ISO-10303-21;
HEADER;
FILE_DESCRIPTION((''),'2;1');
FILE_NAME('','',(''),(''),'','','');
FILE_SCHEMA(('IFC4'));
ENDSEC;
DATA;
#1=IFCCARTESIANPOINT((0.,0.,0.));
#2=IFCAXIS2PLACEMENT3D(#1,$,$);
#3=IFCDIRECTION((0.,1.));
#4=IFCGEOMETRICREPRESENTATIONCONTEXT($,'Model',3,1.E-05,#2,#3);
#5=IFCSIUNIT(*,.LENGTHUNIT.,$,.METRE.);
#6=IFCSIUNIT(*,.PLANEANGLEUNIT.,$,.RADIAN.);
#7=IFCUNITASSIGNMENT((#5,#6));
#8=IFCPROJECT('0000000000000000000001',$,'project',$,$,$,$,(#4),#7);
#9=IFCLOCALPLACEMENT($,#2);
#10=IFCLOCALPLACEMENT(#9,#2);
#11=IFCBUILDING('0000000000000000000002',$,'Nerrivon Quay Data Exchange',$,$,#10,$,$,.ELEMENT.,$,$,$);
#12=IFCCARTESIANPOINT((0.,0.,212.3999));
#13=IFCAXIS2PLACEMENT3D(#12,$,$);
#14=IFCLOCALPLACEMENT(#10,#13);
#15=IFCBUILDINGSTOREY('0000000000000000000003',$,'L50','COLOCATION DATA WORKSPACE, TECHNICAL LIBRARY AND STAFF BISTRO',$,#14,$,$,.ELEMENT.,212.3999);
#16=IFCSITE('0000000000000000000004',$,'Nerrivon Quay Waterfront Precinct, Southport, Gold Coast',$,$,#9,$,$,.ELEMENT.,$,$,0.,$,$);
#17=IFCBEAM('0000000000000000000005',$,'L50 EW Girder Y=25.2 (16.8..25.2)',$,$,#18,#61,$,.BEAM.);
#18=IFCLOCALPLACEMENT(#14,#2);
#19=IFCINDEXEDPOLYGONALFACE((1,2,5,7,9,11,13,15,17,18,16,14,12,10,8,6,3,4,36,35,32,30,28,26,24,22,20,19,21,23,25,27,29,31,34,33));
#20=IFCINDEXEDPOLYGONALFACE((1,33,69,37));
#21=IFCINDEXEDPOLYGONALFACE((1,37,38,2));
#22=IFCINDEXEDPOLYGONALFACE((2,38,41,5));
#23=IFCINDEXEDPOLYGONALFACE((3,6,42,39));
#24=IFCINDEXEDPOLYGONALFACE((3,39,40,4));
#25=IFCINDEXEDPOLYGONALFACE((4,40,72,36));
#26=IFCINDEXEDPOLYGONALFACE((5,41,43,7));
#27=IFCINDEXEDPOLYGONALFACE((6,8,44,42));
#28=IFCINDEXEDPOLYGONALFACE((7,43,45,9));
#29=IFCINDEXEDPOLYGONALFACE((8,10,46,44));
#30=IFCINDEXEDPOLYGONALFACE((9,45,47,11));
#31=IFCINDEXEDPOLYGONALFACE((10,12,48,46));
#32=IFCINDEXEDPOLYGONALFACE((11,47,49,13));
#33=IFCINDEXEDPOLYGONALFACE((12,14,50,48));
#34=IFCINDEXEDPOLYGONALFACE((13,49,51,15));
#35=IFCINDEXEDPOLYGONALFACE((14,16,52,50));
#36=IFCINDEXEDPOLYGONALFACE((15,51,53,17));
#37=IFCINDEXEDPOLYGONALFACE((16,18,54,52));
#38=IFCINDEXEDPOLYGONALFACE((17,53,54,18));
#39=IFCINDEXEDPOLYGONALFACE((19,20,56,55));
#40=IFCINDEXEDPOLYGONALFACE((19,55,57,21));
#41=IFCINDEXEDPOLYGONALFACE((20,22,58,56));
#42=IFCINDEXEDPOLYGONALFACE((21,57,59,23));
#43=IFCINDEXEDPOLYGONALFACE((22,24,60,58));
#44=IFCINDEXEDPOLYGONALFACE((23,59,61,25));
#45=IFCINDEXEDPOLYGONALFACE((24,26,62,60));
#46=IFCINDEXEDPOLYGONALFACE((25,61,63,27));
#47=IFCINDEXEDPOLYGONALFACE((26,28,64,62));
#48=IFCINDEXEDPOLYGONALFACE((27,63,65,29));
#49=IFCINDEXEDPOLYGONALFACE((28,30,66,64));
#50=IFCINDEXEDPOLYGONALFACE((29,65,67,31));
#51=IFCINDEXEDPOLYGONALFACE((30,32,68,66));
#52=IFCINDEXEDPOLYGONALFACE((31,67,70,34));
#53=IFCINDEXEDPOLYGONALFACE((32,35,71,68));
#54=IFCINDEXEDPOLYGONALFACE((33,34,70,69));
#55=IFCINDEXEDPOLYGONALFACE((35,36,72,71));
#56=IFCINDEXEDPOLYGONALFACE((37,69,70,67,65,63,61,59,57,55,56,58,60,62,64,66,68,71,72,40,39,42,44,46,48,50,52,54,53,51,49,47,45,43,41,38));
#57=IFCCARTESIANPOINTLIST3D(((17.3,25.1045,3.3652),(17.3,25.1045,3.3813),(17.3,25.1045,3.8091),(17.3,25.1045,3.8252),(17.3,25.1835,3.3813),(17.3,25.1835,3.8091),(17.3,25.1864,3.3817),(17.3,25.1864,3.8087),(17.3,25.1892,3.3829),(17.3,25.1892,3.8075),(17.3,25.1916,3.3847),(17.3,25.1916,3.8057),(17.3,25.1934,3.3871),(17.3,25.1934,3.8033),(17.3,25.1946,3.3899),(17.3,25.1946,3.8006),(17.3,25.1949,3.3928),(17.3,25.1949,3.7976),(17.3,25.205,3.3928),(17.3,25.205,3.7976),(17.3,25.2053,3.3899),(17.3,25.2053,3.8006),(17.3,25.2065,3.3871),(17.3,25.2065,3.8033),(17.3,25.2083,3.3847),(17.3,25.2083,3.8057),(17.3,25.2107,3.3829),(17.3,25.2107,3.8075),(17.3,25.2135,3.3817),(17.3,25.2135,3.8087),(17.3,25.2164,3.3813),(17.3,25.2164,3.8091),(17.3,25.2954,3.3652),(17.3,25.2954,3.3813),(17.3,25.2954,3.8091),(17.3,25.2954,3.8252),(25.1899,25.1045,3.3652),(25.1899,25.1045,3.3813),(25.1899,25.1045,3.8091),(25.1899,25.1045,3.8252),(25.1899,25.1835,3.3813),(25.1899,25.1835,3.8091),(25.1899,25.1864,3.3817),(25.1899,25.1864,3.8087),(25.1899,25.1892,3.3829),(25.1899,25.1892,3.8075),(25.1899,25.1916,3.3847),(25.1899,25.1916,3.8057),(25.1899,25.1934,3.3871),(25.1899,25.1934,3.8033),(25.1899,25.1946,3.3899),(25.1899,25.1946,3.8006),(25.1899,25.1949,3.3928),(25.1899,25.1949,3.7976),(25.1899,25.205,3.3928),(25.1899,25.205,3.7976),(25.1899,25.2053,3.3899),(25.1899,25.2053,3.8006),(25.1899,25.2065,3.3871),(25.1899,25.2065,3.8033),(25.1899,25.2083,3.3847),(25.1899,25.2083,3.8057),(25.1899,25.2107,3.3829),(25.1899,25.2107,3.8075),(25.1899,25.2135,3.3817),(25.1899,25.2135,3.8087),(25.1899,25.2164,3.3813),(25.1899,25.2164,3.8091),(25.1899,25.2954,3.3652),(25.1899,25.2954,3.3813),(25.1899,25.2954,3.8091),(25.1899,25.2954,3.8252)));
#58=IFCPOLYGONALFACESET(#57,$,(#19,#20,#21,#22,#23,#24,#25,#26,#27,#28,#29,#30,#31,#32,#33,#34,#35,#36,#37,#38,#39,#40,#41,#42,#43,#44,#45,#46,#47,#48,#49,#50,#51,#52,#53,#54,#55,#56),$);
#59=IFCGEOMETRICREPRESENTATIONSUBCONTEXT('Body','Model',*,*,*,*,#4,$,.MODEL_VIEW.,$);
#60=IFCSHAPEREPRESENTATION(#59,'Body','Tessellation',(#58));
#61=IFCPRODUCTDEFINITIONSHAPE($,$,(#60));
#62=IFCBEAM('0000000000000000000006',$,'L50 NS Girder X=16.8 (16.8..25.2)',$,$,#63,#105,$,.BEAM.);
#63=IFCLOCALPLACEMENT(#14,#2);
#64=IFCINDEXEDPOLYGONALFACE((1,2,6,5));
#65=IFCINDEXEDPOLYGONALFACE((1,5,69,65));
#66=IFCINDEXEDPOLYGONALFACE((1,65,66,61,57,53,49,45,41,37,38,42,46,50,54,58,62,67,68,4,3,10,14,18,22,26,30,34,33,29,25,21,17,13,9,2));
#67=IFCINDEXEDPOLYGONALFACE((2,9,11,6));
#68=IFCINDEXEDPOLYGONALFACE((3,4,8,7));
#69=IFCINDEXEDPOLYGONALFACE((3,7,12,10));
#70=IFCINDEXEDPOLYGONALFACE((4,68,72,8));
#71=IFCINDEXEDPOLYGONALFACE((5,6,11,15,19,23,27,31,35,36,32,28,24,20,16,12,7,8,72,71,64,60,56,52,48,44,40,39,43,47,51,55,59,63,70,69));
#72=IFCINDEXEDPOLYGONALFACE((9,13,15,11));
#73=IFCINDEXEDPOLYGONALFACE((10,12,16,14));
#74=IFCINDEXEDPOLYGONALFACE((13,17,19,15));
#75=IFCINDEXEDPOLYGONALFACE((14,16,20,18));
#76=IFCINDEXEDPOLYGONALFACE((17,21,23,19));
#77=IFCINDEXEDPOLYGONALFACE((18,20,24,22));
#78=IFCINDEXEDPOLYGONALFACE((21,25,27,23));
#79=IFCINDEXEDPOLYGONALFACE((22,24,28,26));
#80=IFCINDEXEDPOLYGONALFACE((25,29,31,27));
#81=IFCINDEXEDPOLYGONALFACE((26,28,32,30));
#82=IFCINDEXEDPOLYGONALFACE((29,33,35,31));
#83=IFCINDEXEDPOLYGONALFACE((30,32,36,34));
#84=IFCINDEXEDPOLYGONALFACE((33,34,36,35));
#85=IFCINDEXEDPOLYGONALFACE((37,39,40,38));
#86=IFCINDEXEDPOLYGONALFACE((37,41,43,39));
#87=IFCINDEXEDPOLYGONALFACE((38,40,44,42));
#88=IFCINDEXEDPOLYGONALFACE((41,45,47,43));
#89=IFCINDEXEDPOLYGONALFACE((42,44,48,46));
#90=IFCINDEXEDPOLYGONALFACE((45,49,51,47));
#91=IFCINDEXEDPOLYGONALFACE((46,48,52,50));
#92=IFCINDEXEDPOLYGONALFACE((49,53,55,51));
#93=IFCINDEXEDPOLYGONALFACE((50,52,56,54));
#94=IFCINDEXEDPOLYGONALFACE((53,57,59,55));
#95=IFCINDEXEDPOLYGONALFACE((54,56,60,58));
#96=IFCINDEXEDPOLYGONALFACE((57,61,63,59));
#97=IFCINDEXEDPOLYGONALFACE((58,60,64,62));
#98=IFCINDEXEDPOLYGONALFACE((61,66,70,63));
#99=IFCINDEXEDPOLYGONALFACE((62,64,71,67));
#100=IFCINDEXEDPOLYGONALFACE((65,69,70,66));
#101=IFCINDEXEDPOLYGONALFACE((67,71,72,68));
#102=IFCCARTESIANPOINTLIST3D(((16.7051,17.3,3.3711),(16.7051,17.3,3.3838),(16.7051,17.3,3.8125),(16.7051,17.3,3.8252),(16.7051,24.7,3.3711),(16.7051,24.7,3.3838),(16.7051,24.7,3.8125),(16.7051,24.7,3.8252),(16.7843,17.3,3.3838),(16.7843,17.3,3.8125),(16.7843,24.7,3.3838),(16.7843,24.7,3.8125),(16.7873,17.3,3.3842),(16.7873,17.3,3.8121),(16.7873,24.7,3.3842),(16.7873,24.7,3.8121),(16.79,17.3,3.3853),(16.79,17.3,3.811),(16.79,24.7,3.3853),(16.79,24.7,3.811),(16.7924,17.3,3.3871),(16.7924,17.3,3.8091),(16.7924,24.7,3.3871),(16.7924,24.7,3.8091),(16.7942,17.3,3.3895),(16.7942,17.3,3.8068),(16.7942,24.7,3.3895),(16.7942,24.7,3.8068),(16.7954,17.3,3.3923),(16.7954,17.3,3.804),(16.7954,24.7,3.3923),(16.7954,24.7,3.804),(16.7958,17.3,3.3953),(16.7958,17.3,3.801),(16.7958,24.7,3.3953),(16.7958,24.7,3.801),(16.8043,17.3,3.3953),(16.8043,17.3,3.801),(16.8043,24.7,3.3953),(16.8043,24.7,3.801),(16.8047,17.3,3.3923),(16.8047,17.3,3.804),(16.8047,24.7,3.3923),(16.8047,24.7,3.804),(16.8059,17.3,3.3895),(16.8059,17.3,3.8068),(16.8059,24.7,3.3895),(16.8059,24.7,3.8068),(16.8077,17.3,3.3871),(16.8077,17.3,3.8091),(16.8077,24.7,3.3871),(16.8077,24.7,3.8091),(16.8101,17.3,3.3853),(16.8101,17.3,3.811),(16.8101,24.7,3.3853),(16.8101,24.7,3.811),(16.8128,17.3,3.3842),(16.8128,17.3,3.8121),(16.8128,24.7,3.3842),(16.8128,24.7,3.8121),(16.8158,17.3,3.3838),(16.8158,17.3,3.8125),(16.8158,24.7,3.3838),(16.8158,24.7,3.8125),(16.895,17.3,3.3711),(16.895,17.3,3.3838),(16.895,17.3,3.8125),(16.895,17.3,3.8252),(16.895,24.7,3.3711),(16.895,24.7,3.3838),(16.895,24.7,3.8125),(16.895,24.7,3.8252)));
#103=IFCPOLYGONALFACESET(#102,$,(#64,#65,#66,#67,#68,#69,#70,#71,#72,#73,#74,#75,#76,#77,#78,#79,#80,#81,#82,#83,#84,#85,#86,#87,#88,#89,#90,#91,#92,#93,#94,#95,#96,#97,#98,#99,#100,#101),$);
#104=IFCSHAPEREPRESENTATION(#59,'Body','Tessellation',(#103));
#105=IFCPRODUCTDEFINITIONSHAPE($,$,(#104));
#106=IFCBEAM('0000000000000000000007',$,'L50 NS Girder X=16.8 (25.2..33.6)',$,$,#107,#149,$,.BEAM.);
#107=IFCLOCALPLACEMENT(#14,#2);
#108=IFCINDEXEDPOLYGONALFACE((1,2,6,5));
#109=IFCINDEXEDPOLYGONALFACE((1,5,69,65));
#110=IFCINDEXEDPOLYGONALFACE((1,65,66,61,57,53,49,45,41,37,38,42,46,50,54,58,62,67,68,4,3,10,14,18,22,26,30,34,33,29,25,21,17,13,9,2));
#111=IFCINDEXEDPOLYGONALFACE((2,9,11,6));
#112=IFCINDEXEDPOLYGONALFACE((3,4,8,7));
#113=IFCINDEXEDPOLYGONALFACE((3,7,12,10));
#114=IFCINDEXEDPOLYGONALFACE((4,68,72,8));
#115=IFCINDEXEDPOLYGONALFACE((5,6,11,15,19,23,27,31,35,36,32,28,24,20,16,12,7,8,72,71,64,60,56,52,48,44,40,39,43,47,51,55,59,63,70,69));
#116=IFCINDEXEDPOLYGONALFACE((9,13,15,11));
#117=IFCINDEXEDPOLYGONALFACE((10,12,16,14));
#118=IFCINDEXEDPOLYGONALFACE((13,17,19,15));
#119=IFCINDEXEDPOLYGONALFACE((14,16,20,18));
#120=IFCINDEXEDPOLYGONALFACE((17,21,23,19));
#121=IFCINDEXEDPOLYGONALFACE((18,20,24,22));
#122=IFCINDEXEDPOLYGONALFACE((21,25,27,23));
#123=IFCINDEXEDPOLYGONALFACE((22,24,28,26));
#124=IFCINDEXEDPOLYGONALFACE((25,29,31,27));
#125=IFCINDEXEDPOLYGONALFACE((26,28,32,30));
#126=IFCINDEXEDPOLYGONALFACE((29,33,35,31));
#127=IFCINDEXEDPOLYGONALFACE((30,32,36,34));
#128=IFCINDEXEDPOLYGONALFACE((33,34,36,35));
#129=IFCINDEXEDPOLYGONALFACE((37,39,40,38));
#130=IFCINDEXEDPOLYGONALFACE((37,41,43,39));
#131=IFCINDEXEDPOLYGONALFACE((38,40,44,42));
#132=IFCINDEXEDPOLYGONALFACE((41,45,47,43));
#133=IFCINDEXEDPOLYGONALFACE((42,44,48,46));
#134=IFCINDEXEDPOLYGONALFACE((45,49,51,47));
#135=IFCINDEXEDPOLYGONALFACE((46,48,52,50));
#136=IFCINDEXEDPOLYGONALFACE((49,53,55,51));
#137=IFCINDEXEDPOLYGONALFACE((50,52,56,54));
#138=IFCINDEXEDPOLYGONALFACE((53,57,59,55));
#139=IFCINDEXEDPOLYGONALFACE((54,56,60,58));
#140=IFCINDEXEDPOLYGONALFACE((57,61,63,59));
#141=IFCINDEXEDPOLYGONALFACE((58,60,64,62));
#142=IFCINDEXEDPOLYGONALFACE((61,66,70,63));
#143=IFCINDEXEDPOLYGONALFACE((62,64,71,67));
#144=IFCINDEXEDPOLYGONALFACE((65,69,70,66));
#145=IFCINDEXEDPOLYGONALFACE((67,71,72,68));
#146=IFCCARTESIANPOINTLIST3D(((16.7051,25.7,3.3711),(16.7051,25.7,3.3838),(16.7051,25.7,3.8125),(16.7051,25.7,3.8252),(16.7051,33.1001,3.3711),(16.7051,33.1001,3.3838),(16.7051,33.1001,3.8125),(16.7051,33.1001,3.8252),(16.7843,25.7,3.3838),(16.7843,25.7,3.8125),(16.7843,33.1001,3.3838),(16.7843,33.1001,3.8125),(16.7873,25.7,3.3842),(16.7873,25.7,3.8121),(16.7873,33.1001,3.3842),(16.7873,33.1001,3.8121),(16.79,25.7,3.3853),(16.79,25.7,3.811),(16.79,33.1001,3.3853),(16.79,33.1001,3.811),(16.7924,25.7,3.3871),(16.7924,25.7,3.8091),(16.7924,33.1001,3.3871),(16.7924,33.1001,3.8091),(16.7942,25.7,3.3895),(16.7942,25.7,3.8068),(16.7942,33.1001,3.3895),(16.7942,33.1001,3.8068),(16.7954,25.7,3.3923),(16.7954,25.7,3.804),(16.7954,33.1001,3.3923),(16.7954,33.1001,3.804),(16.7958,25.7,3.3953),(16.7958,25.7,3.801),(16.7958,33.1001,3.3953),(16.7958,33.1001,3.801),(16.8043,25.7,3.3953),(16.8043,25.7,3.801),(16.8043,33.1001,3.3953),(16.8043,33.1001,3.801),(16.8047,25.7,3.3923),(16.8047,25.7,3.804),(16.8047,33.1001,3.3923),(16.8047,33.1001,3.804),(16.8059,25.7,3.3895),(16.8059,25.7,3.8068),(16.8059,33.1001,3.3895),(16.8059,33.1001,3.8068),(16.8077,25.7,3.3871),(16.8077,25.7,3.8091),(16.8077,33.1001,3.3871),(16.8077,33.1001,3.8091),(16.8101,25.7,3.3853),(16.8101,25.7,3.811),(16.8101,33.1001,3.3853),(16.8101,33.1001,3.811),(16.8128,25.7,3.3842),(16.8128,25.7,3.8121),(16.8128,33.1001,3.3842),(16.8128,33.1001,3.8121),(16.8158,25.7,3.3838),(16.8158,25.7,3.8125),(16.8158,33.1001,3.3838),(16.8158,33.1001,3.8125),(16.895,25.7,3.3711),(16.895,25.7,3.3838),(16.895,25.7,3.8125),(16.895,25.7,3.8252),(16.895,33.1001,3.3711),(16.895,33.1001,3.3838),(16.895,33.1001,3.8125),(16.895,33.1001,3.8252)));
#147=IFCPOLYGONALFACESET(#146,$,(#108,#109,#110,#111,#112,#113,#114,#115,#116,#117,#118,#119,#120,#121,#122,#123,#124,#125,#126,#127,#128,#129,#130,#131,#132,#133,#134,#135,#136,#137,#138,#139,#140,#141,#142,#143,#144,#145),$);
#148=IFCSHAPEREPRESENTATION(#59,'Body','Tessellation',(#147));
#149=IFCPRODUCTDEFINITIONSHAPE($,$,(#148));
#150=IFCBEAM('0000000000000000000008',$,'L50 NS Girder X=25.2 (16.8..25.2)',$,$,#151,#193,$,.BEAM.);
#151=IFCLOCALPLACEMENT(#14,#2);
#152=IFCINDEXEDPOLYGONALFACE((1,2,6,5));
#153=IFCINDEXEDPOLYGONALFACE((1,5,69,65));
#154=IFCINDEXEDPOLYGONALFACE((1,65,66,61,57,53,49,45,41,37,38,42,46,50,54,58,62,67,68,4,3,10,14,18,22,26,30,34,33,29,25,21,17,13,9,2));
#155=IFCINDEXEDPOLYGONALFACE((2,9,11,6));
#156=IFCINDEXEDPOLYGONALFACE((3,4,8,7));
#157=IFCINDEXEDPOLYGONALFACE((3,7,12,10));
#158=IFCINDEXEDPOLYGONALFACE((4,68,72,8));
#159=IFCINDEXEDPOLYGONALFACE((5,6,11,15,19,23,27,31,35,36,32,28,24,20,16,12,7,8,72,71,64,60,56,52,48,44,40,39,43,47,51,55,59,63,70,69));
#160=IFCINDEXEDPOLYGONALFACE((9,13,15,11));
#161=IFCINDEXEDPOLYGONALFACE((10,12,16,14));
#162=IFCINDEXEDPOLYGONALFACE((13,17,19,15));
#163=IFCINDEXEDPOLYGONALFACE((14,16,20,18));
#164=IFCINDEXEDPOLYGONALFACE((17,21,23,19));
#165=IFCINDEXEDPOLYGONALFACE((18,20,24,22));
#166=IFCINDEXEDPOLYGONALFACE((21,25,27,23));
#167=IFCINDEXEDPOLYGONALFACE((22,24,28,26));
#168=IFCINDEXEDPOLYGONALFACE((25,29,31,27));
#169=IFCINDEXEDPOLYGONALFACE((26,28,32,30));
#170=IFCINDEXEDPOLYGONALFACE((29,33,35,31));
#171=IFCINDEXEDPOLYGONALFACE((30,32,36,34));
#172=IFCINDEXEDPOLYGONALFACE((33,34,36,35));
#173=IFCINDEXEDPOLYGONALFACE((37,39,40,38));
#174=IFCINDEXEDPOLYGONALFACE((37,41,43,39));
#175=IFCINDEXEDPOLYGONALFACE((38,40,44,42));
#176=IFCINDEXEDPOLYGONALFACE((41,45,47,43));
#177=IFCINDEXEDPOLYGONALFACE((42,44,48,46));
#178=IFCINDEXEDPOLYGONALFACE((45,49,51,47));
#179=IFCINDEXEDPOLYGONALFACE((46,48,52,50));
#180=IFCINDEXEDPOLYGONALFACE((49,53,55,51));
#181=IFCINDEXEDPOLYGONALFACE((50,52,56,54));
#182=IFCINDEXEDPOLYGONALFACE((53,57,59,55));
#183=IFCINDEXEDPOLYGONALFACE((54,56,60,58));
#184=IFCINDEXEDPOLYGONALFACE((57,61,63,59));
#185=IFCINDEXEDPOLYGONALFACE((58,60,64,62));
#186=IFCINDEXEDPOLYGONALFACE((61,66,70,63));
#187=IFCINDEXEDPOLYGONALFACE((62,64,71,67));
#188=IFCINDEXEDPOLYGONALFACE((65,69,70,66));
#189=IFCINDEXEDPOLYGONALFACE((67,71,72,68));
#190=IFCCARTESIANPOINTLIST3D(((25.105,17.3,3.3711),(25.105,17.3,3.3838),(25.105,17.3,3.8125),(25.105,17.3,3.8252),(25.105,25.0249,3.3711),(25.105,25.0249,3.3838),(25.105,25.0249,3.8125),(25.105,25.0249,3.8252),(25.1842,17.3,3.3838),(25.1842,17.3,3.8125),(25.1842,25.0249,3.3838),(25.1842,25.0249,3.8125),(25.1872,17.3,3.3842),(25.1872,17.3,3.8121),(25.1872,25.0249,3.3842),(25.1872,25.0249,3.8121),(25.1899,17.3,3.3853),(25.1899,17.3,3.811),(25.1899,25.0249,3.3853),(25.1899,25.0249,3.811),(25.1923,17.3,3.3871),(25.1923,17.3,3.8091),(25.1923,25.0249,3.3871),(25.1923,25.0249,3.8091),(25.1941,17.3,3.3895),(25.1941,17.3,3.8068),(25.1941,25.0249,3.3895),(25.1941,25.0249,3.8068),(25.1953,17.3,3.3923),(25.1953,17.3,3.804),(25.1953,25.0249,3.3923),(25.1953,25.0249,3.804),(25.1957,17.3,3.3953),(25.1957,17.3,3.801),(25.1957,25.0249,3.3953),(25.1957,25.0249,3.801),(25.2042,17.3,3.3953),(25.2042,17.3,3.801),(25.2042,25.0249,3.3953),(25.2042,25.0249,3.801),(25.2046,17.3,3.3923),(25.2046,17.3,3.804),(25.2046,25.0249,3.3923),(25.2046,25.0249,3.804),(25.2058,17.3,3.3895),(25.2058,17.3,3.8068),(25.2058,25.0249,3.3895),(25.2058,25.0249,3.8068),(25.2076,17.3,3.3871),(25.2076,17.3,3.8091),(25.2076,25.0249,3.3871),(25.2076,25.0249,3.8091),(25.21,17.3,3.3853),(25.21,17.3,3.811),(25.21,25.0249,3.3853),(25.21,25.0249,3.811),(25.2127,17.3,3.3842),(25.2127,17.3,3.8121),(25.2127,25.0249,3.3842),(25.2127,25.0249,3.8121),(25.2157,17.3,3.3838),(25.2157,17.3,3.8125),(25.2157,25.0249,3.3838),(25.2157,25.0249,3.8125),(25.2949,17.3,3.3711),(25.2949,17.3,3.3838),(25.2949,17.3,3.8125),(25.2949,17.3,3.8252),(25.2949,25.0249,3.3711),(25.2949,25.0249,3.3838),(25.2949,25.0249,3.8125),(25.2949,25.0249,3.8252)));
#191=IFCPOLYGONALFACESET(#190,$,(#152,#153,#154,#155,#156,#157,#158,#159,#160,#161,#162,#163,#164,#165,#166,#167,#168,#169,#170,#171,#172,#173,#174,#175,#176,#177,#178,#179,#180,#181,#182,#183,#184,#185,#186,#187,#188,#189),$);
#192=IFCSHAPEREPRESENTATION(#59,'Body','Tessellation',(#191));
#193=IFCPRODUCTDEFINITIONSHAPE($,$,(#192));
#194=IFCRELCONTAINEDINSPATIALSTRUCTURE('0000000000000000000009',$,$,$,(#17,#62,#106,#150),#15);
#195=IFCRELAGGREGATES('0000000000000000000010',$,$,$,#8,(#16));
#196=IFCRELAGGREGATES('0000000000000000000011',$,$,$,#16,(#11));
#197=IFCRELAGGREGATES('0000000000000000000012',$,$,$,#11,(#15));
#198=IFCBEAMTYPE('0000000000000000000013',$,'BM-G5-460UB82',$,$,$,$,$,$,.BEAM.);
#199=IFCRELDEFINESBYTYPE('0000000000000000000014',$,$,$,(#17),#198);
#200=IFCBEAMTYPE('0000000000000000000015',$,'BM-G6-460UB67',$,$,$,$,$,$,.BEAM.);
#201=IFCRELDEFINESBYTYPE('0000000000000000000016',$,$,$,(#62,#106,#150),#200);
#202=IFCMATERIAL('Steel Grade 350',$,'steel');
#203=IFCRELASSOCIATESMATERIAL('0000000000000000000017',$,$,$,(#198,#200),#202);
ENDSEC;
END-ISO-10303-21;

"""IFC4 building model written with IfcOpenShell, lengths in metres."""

from ifc_helpers import new_model, si_unit, direction, frame, origin, origin_2d, place, context, subcontext, project, spatial, i_section, extrude, material, material_profile, profile_set, type_object, element, save


model = new_model("IFC4")

# Units and contexts
model_context = context("Model", 3, precision=1e-05, world=origin(), true_north=direction((0.0, 1.0)))
body_context = subcontext(model_context, "Body", "Model", "MODEL_VIEW")
ifc_project = project(units=[si_unit("LENGTHUNIT", "METRE"), si_unit("PLANEANGLEUNIT", "RADIAN")], contexts=[model_context])

# Site, building, storey
site_placement = place(None, origin())
site = spatial("IfcSite", under=ifc_project, at=site_placement, Name="Nerrivon Quay Waterfront Precinct, Southport, Gold Coast", CompositionType="ELEMENT", RefElevation=0.0)
building_placement = place(site_placement, origin())
building = spatial("IfcBuilding", under=site, at=building_placement, Name="Nerrivon Quay Data Exchange", CompositionType="ELEMENT")
storey_placement = place(building_placement, frame((0.0, 0.0, 212.3999)))
storey = spatial("IfcBuildingStorey", under=building, at=storey_placement, Name="L50", Description="COLOCATION DATA WORKSPACE, TECHNICAL LIBRARY AND STAFF BISTRO", CompositionType="ELEMENT", Elevation=212.3999)

# Shared definitions
ifc_material_1 = material(Name="Steel Grade 350", Category="steel")

# Beams
ifc_material_profile_1 = material_profile(ifc_material_1, i_section(OverallWidth=0.1909, OverallDepth=0.46, WebThickness=0.01, FlangeThickness=0.0161, FilletRadius=0.0115, at=origin_2d()), Name="460UB82.1")
ifc_profile_set_1 = profile_set([ifc_material_profile_1], Name="Steel Grade 350")
beam_type_1 = type_object("IfcBeamType", Name="BM-G5-460UB82", PredefinedType="BEAM", material=ifc_profile_set_1)
beam_1_placement = place(storey_placement, frame((17.3, 25.2, 3.5952), z_axis=(1.0, 0.0, 0.0), x_axis=(0.0, 1.0, 0.0)))
element("IfcBeam", 1, at=beam_1_placement, inside=storey, type_object=beam_type_1, Name="L50 EW Girder Y=25.2 (16.8..25.2)", PredefinedType="BEAM", context=body_context, shape_type="SweptSolid", body=[
    extrude(i_section(OverallWidth=0.1909, OverallDepth=0.46, WebThickness=0.01, FlangeThickness=0.0161, FilletRadius=0.0115, at=origin_2d()), origin(), (0.0, 0.0, 1.0), 7.8899),
])
ifc_material_profile_2 = material_profile(ifc_material_1, i_section(OverallWidth=0.1899, OverallDepth=0.4541, WebThickness=0.0085, FlangeThickness=0.0127, FilletRadius=0.0115, at=origin_2d()), Name="460UB67.1")
ifc_profile_set_2 = profile_set([ifc_material_profile_2], Name="Steel Grade 350")
beam_type_2 = type_object("IfcBeamType", Name="BM-G6-460UB67", PredefinedType="BEAM", material=ifc_profile_set_2)
beam_2_placement = place(storey_placement, frame((16.8, 17.3, 3.5981), z_axis=(0.0, 1.0, 0.0), x_axis=(-1.0, 0.0, 0.0)))
element("IfcBeam", 2, at=beam_2_placement, inside=storey, type_object=beam_type_2, Name="L50 NS Girder X=16.8 (16.8..25.2)", PredefinedType="BEAM", context=body_context, shape_type="SweptSolid", body=[
    extrude(i_section(OverallWidth=0.1899, OverallDepth=0.4541, WebThickness=0.0085, FlangeThickness=0.0127, FilletRadius=0.0115, at=origin_2d()), origin(), (0.0, 0.0, 1.0), 7.3999),
])
beam_3_placement = place(storey_placement, frame((16.8, 25.7, 3.5981), z_axis=(0.0, 1.0, 0.0), x_axis=(-1.0, 0.0, 0.0)))
element("IfcBeam", 3, at=beam_3_placement, inside=storey, type_object=beam_type_2, Name="L50 NS Girder X=16.8 (25.2..33.6)", PredefinedType="BEAM", context=body_context, shape_type="SweptSolid", body=[
    extrude(i_section(OverallWidth=0.1899, OverallDepth=0.4541, WebThickness=0.0085, FlangeThickness=0.0127, FilletRadius=0.0115, at=origin_2d()), origin(), (0.0, 0.0, 1.0), 7.4001),
])
beam_4_placement = place(storey_placement, frame((25.2, 17.3, 3.5981), z_axis=(0.0, 1.0, 0.0), x_axis=(-1.0, 0.0, 0.0)))
element("IfcBeam", 4, at=beam_4_placement, inside=storey, type_object=beam_type_2, Name="L50 NS Girder X=25.2 (16.8..25.2)", PredefinedType="BEAM", context=body_context, shape_type="SweptSolid", body=[
    extrude(i_section(OverallWidth=0.1899, OverallDepth=0.4541, WebThickness=0.0085, FlangeThickness=0.0127, FilletRadius=0.0115, at=origin_2d()), origin(), (0.0, 0.0, 1.0), 7.7249),
])

save(model, "model.ifc")
